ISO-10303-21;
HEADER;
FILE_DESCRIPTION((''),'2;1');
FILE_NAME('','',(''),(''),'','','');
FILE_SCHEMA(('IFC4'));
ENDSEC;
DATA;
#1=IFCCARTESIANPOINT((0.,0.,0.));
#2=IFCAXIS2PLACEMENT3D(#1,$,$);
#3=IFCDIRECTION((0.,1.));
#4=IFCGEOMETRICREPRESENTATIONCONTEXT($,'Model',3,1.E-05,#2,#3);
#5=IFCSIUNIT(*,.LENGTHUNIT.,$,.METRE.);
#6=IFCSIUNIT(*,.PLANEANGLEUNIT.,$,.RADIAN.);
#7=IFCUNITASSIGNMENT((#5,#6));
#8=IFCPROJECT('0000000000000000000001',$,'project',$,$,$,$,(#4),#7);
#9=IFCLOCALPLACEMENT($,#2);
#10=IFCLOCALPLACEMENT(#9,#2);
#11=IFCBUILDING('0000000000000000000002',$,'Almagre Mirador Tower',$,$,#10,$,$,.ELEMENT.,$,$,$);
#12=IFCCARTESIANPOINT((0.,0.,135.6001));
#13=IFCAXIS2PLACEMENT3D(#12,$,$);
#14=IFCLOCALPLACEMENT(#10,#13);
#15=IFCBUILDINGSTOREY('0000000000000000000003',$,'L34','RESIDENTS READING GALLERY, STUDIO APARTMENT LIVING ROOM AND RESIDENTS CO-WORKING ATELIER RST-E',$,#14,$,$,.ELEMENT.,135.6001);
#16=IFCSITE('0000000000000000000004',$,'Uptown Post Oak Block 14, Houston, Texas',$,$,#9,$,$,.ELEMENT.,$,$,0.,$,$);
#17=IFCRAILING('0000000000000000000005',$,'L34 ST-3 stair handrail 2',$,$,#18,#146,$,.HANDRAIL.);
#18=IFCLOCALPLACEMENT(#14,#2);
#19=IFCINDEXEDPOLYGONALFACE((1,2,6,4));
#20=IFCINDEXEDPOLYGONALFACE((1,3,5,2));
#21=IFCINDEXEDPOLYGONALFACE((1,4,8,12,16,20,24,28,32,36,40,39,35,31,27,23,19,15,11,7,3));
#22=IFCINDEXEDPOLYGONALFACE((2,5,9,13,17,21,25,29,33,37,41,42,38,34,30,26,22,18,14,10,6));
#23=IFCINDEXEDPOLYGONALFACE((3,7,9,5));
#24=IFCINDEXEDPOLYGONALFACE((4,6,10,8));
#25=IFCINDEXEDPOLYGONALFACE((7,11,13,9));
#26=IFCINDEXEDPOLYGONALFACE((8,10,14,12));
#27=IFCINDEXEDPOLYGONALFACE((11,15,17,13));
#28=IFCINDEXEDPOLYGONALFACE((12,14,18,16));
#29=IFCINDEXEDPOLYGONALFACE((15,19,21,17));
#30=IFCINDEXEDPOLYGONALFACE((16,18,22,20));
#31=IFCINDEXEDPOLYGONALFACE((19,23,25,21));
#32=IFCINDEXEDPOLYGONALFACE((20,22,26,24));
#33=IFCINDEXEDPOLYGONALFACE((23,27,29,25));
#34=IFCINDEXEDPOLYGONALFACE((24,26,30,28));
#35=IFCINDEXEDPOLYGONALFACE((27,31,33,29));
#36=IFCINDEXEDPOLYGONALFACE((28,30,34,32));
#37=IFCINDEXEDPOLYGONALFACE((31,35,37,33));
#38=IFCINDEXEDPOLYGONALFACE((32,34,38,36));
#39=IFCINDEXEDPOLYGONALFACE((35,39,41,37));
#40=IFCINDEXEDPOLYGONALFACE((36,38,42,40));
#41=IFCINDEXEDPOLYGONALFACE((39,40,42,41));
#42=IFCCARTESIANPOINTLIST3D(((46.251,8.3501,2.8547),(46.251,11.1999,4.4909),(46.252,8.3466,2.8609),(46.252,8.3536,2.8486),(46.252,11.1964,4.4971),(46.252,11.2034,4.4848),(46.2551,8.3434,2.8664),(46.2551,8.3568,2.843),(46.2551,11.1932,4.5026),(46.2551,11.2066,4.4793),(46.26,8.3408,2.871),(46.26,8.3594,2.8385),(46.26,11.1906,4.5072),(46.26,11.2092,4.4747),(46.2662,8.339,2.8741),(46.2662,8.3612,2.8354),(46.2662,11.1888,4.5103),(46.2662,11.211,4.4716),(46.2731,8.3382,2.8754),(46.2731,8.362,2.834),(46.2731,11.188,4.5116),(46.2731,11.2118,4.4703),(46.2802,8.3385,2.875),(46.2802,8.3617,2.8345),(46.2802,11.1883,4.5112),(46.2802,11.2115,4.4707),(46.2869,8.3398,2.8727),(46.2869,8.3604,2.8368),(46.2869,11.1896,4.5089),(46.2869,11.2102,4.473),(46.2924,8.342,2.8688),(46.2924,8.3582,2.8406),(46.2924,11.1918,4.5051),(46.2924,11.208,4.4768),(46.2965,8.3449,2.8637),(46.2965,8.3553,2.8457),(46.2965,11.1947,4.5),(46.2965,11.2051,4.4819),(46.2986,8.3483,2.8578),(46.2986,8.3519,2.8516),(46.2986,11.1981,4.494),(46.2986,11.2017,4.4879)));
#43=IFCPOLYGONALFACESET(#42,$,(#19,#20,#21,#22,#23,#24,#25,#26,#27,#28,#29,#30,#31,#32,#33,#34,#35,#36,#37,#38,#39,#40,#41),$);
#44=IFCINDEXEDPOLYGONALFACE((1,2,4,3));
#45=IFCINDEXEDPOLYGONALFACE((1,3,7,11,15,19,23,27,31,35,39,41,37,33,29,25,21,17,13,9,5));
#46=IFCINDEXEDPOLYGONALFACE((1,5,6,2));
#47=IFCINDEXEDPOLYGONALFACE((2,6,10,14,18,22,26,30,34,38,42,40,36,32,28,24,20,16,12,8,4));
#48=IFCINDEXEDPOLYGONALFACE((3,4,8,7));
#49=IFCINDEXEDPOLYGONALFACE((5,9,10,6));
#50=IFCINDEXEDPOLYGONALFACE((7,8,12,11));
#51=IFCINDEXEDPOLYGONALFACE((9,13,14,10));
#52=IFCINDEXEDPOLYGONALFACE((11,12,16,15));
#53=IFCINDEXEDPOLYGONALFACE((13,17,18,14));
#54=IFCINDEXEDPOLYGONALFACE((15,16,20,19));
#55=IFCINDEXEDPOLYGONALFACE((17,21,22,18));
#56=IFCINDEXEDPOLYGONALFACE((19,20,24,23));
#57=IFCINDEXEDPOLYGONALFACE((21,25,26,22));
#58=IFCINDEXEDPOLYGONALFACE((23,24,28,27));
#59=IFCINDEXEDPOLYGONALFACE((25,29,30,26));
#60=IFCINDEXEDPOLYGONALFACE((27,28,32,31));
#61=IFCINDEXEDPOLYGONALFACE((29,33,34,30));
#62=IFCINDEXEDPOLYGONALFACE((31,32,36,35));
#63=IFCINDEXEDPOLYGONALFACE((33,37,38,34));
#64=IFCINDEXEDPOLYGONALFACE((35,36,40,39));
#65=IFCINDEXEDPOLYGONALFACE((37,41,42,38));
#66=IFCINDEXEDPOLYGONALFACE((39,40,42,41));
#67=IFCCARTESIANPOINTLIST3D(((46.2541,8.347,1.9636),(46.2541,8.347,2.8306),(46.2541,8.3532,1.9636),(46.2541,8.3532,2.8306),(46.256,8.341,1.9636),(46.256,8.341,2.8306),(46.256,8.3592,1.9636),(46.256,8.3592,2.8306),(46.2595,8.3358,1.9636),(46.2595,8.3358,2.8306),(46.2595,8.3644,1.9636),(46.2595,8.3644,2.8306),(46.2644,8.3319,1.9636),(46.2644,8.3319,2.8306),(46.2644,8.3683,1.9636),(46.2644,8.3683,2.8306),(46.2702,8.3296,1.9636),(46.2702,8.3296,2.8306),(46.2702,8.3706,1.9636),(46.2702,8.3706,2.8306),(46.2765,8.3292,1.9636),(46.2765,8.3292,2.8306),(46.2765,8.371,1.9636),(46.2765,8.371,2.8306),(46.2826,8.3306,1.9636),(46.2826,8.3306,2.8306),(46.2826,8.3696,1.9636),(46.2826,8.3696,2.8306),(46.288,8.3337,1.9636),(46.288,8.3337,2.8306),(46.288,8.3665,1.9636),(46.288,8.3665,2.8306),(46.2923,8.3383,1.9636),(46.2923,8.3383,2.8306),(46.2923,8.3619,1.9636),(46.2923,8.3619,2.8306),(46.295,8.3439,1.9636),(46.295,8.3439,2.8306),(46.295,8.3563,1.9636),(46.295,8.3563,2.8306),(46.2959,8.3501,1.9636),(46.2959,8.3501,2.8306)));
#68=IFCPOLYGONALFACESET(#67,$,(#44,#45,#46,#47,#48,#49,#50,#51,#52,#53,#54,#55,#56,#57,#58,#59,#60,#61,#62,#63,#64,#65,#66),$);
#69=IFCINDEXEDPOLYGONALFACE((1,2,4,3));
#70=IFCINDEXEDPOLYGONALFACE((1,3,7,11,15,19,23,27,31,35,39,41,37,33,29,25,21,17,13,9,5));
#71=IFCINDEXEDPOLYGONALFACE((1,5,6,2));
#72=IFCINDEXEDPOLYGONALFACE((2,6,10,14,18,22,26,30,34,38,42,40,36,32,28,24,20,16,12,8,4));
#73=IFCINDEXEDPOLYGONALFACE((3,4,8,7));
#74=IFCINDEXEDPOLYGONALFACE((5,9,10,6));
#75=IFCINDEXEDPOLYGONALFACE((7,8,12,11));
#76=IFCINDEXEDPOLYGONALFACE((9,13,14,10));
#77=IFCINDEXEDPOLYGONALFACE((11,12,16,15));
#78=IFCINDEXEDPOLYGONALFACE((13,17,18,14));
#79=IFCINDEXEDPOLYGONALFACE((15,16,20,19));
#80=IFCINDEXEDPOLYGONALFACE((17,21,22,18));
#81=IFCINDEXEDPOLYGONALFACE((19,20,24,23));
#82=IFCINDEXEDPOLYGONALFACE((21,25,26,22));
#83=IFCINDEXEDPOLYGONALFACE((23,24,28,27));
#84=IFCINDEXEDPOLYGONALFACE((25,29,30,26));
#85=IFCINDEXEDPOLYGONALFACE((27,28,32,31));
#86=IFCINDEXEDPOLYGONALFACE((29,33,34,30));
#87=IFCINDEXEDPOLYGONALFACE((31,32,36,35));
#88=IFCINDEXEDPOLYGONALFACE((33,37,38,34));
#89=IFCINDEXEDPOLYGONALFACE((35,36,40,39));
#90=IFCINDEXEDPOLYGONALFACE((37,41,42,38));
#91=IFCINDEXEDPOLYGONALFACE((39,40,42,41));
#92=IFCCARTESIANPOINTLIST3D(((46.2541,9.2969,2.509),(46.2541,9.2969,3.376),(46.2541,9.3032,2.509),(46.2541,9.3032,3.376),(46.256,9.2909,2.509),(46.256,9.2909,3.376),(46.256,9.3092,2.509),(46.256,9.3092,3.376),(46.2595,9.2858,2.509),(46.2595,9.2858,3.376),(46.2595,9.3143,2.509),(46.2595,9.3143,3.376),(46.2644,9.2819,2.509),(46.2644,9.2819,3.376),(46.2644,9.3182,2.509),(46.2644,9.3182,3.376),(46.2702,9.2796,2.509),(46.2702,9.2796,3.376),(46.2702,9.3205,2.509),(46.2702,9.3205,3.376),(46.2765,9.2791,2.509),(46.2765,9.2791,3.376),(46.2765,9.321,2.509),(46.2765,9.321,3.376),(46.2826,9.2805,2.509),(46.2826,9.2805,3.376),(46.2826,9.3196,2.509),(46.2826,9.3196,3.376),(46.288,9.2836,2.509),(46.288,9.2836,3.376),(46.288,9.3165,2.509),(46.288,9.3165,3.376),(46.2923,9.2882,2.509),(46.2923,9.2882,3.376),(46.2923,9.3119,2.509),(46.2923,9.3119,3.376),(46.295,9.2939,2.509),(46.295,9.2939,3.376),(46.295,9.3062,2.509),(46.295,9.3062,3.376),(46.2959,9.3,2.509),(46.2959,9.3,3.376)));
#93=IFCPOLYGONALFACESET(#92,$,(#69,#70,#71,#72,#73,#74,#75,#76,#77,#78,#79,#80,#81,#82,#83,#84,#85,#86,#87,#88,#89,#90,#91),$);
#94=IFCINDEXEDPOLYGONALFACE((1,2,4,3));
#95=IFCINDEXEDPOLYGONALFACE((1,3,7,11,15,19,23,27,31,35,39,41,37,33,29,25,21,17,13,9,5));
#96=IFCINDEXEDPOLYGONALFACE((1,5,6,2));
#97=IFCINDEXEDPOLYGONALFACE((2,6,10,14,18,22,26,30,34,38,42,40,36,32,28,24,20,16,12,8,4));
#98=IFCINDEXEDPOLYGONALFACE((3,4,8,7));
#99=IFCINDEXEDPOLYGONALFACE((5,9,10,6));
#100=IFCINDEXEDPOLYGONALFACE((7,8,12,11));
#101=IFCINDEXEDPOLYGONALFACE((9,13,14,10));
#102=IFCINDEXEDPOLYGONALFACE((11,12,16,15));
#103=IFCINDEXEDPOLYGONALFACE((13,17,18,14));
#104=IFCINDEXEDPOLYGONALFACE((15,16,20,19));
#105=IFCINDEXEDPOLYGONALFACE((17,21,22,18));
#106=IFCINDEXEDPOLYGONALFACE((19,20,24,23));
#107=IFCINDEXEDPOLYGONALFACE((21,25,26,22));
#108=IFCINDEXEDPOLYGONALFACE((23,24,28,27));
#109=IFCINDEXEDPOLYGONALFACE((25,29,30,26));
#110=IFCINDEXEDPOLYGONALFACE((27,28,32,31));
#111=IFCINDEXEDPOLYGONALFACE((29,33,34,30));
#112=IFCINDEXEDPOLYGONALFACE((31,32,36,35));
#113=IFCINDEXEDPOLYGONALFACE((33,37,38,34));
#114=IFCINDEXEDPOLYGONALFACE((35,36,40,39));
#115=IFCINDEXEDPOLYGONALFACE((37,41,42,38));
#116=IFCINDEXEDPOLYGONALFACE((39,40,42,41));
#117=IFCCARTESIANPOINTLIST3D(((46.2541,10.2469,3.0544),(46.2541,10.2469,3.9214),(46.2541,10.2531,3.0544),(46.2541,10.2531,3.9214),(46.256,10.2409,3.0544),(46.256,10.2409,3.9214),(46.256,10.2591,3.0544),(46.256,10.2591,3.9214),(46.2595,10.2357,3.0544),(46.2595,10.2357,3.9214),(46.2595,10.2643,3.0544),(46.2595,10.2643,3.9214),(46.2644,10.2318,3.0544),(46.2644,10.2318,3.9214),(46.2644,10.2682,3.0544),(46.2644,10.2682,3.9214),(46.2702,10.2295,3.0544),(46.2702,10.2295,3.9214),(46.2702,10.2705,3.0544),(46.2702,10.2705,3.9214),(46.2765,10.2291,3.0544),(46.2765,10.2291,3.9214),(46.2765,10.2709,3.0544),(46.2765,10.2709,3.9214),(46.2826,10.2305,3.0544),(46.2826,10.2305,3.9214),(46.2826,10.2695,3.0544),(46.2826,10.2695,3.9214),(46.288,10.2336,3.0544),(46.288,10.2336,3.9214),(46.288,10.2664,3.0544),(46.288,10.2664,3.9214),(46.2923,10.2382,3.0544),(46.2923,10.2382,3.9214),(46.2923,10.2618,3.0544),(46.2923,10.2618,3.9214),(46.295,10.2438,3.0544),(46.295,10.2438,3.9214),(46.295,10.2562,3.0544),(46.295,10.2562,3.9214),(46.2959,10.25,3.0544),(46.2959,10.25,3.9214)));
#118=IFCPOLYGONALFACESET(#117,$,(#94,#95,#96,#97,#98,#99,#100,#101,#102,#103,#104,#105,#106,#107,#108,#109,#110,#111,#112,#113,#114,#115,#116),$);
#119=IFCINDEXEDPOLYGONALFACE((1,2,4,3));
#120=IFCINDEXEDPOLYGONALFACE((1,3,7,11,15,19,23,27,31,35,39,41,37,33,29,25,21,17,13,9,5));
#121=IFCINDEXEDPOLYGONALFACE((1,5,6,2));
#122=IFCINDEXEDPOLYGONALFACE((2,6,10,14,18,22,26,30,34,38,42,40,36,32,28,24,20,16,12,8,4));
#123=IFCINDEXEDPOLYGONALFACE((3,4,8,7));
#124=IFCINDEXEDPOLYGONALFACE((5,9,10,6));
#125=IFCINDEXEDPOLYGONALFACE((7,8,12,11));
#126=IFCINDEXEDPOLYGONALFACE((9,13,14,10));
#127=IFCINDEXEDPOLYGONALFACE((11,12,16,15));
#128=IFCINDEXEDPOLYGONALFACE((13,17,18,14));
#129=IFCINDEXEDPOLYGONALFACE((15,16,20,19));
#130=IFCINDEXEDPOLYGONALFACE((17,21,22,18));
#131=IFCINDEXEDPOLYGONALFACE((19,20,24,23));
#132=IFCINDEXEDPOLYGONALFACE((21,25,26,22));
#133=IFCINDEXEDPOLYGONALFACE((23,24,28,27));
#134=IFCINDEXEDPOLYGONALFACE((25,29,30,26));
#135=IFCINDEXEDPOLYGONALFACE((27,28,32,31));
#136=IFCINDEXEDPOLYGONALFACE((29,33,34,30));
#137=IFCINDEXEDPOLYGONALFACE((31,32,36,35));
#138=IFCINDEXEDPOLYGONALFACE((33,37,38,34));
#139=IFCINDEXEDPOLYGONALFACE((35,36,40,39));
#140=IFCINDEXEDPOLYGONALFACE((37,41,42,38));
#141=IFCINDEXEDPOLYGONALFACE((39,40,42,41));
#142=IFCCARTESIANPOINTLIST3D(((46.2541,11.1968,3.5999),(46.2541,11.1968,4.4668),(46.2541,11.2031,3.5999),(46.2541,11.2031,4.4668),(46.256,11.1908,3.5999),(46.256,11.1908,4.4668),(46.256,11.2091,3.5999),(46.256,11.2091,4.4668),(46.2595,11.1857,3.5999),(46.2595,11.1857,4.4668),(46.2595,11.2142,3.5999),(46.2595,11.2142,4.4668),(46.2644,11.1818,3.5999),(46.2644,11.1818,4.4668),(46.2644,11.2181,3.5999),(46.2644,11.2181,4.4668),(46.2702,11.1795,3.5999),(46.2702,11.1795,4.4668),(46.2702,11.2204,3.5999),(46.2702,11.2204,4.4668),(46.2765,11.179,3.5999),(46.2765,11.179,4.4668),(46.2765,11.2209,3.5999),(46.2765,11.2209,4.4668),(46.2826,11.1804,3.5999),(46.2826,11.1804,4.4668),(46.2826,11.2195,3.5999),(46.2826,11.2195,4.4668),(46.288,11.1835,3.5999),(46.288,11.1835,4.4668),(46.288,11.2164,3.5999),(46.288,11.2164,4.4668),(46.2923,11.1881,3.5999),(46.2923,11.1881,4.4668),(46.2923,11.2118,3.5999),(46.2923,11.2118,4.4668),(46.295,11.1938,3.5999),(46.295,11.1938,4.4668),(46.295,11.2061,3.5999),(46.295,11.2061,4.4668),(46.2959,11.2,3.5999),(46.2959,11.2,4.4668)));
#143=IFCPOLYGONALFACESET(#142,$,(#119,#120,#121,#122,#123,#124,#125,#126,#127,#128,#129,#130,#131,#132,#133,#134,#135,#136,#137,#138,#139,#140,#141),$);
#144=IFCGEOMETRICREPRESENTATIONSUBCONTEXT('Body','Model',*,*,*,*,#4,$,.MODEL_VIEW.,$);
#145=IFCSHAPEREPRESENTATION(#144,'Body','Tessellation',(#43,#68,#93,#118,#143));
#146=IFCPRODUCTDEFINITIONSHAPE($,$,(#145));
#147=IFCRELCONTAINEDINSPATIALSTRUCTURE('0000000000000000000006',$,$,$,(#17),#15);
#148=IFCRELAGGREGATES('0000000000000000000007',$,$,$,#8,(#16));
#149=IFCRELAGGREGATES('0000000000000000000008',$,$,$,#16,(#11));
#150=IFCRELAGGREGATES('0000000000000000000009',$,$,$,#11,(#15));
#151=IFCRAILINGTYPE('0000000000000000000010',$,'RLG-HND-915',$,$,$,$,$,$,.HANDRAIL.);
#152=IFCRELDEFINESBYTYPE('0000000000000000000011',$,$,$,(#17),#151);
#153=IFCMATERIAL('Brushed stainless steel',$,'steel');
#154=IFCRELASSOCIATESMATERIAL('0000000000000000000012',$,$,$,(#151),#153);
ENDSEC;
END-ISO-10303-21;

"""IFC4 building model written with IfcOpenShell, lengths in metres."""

from ifc_helpers import new_model, si_unit, direction, frame, origin, origin_2d, place, context, subcontext, project, spatial, circle, extrude, material, type_object, element, save


model = new_model("IFC4")

# Units and contexts
model_context = context("Model", 3, precision=1e-05, world=origin(), true_north=direction((0.0, 1.0)))
body_context = subcontext(model_context, "Body", "Model", "MODEL_VIEW")
ifc_project = project(units=[si_unit("LENGTHUNIT", "METRE"), si_unit("PLANEANGLEUNIT", "RADIAN")], contexts=[model_context])

# Site, building, storey
site_placement = place(None, origin())
site = spatial("IfcSite", under=ifc_project, at=site_placement, Name="Uptown Post Oak Block 14, Houston, Texas", CompositionType="ELEMENT", RefElevation=0.0)
building_placement = place(site_placement, origin())
building = spatial("IfcBuilding", under=site, at=building_placement, Name="Almagre Mirador Tower", CompositionType="ELEMENT")
storey_placement = place(building_placement, frame((0.0, 0.0, 135.6001)))
storey = spatial("IfcBuildingStorey", under=building, at=storey_placement, Name="L34", Description="RESIDENTS READING GALLERY, STUDIO APARTMENT LIVING ROOM AND RESIDENTS CO-WORKING ATELIER RST-E", CompositionType="ELEMENT", Elevation=135.6001)

# Railing
ifc_material_1 = material(Name="Brushed stainless steel", Category="steel")
railing_type_1 = type_object("IfcRailingType", Name="RLG-HND-915", PredefinedType="HANDRAIL", material=ifc_material_1)
railing_1_placement = place(storey_placement, frame((46.2749, 8.3501, 1.9636)))
element("IfcRailing", 1, at=railing_1_placement, inside=storey, type_object=railing_type_1, Name="L34 ST-3 stair handrail 2", PredefinedType="HANDRAIL", context=body_context, shape_type="SweptSolid", body=[
    extrude(circle(Radius=0.0239, at=origin_2d()), frame((0.0, 0.0, 0.8911), z_axis=(0.0, 0.867226, 0.497914), x_axis=(-1.0, 0.0, 0.0)), (0.0, 0.0, 1.0), 3.2861),
    extrude(circle(Radius=0.021, at=origin_2d()), origin(), (0.0, 0.0, 1.0), 0.8669),
    extrude(circle(Radius=0.021, at=origin_2d()), frame((0.0, 0.95, 0.5454)), (0.0, 0.0, 1.0), 0.8669),
    extrude(circle(Radius=0.021, at=origin_2d()), frame((0.0, 1.8999, 1.0908)), (0.0, 0.0, 1.0), 0.8669),
    extrude(circle(Radius=0.021, at=origin_2d()), frame((0.0, 2.8499, 1.6362)), (0.0, 0.0, 1.0), 0.8669),
])

save(model, "model.ifc")
